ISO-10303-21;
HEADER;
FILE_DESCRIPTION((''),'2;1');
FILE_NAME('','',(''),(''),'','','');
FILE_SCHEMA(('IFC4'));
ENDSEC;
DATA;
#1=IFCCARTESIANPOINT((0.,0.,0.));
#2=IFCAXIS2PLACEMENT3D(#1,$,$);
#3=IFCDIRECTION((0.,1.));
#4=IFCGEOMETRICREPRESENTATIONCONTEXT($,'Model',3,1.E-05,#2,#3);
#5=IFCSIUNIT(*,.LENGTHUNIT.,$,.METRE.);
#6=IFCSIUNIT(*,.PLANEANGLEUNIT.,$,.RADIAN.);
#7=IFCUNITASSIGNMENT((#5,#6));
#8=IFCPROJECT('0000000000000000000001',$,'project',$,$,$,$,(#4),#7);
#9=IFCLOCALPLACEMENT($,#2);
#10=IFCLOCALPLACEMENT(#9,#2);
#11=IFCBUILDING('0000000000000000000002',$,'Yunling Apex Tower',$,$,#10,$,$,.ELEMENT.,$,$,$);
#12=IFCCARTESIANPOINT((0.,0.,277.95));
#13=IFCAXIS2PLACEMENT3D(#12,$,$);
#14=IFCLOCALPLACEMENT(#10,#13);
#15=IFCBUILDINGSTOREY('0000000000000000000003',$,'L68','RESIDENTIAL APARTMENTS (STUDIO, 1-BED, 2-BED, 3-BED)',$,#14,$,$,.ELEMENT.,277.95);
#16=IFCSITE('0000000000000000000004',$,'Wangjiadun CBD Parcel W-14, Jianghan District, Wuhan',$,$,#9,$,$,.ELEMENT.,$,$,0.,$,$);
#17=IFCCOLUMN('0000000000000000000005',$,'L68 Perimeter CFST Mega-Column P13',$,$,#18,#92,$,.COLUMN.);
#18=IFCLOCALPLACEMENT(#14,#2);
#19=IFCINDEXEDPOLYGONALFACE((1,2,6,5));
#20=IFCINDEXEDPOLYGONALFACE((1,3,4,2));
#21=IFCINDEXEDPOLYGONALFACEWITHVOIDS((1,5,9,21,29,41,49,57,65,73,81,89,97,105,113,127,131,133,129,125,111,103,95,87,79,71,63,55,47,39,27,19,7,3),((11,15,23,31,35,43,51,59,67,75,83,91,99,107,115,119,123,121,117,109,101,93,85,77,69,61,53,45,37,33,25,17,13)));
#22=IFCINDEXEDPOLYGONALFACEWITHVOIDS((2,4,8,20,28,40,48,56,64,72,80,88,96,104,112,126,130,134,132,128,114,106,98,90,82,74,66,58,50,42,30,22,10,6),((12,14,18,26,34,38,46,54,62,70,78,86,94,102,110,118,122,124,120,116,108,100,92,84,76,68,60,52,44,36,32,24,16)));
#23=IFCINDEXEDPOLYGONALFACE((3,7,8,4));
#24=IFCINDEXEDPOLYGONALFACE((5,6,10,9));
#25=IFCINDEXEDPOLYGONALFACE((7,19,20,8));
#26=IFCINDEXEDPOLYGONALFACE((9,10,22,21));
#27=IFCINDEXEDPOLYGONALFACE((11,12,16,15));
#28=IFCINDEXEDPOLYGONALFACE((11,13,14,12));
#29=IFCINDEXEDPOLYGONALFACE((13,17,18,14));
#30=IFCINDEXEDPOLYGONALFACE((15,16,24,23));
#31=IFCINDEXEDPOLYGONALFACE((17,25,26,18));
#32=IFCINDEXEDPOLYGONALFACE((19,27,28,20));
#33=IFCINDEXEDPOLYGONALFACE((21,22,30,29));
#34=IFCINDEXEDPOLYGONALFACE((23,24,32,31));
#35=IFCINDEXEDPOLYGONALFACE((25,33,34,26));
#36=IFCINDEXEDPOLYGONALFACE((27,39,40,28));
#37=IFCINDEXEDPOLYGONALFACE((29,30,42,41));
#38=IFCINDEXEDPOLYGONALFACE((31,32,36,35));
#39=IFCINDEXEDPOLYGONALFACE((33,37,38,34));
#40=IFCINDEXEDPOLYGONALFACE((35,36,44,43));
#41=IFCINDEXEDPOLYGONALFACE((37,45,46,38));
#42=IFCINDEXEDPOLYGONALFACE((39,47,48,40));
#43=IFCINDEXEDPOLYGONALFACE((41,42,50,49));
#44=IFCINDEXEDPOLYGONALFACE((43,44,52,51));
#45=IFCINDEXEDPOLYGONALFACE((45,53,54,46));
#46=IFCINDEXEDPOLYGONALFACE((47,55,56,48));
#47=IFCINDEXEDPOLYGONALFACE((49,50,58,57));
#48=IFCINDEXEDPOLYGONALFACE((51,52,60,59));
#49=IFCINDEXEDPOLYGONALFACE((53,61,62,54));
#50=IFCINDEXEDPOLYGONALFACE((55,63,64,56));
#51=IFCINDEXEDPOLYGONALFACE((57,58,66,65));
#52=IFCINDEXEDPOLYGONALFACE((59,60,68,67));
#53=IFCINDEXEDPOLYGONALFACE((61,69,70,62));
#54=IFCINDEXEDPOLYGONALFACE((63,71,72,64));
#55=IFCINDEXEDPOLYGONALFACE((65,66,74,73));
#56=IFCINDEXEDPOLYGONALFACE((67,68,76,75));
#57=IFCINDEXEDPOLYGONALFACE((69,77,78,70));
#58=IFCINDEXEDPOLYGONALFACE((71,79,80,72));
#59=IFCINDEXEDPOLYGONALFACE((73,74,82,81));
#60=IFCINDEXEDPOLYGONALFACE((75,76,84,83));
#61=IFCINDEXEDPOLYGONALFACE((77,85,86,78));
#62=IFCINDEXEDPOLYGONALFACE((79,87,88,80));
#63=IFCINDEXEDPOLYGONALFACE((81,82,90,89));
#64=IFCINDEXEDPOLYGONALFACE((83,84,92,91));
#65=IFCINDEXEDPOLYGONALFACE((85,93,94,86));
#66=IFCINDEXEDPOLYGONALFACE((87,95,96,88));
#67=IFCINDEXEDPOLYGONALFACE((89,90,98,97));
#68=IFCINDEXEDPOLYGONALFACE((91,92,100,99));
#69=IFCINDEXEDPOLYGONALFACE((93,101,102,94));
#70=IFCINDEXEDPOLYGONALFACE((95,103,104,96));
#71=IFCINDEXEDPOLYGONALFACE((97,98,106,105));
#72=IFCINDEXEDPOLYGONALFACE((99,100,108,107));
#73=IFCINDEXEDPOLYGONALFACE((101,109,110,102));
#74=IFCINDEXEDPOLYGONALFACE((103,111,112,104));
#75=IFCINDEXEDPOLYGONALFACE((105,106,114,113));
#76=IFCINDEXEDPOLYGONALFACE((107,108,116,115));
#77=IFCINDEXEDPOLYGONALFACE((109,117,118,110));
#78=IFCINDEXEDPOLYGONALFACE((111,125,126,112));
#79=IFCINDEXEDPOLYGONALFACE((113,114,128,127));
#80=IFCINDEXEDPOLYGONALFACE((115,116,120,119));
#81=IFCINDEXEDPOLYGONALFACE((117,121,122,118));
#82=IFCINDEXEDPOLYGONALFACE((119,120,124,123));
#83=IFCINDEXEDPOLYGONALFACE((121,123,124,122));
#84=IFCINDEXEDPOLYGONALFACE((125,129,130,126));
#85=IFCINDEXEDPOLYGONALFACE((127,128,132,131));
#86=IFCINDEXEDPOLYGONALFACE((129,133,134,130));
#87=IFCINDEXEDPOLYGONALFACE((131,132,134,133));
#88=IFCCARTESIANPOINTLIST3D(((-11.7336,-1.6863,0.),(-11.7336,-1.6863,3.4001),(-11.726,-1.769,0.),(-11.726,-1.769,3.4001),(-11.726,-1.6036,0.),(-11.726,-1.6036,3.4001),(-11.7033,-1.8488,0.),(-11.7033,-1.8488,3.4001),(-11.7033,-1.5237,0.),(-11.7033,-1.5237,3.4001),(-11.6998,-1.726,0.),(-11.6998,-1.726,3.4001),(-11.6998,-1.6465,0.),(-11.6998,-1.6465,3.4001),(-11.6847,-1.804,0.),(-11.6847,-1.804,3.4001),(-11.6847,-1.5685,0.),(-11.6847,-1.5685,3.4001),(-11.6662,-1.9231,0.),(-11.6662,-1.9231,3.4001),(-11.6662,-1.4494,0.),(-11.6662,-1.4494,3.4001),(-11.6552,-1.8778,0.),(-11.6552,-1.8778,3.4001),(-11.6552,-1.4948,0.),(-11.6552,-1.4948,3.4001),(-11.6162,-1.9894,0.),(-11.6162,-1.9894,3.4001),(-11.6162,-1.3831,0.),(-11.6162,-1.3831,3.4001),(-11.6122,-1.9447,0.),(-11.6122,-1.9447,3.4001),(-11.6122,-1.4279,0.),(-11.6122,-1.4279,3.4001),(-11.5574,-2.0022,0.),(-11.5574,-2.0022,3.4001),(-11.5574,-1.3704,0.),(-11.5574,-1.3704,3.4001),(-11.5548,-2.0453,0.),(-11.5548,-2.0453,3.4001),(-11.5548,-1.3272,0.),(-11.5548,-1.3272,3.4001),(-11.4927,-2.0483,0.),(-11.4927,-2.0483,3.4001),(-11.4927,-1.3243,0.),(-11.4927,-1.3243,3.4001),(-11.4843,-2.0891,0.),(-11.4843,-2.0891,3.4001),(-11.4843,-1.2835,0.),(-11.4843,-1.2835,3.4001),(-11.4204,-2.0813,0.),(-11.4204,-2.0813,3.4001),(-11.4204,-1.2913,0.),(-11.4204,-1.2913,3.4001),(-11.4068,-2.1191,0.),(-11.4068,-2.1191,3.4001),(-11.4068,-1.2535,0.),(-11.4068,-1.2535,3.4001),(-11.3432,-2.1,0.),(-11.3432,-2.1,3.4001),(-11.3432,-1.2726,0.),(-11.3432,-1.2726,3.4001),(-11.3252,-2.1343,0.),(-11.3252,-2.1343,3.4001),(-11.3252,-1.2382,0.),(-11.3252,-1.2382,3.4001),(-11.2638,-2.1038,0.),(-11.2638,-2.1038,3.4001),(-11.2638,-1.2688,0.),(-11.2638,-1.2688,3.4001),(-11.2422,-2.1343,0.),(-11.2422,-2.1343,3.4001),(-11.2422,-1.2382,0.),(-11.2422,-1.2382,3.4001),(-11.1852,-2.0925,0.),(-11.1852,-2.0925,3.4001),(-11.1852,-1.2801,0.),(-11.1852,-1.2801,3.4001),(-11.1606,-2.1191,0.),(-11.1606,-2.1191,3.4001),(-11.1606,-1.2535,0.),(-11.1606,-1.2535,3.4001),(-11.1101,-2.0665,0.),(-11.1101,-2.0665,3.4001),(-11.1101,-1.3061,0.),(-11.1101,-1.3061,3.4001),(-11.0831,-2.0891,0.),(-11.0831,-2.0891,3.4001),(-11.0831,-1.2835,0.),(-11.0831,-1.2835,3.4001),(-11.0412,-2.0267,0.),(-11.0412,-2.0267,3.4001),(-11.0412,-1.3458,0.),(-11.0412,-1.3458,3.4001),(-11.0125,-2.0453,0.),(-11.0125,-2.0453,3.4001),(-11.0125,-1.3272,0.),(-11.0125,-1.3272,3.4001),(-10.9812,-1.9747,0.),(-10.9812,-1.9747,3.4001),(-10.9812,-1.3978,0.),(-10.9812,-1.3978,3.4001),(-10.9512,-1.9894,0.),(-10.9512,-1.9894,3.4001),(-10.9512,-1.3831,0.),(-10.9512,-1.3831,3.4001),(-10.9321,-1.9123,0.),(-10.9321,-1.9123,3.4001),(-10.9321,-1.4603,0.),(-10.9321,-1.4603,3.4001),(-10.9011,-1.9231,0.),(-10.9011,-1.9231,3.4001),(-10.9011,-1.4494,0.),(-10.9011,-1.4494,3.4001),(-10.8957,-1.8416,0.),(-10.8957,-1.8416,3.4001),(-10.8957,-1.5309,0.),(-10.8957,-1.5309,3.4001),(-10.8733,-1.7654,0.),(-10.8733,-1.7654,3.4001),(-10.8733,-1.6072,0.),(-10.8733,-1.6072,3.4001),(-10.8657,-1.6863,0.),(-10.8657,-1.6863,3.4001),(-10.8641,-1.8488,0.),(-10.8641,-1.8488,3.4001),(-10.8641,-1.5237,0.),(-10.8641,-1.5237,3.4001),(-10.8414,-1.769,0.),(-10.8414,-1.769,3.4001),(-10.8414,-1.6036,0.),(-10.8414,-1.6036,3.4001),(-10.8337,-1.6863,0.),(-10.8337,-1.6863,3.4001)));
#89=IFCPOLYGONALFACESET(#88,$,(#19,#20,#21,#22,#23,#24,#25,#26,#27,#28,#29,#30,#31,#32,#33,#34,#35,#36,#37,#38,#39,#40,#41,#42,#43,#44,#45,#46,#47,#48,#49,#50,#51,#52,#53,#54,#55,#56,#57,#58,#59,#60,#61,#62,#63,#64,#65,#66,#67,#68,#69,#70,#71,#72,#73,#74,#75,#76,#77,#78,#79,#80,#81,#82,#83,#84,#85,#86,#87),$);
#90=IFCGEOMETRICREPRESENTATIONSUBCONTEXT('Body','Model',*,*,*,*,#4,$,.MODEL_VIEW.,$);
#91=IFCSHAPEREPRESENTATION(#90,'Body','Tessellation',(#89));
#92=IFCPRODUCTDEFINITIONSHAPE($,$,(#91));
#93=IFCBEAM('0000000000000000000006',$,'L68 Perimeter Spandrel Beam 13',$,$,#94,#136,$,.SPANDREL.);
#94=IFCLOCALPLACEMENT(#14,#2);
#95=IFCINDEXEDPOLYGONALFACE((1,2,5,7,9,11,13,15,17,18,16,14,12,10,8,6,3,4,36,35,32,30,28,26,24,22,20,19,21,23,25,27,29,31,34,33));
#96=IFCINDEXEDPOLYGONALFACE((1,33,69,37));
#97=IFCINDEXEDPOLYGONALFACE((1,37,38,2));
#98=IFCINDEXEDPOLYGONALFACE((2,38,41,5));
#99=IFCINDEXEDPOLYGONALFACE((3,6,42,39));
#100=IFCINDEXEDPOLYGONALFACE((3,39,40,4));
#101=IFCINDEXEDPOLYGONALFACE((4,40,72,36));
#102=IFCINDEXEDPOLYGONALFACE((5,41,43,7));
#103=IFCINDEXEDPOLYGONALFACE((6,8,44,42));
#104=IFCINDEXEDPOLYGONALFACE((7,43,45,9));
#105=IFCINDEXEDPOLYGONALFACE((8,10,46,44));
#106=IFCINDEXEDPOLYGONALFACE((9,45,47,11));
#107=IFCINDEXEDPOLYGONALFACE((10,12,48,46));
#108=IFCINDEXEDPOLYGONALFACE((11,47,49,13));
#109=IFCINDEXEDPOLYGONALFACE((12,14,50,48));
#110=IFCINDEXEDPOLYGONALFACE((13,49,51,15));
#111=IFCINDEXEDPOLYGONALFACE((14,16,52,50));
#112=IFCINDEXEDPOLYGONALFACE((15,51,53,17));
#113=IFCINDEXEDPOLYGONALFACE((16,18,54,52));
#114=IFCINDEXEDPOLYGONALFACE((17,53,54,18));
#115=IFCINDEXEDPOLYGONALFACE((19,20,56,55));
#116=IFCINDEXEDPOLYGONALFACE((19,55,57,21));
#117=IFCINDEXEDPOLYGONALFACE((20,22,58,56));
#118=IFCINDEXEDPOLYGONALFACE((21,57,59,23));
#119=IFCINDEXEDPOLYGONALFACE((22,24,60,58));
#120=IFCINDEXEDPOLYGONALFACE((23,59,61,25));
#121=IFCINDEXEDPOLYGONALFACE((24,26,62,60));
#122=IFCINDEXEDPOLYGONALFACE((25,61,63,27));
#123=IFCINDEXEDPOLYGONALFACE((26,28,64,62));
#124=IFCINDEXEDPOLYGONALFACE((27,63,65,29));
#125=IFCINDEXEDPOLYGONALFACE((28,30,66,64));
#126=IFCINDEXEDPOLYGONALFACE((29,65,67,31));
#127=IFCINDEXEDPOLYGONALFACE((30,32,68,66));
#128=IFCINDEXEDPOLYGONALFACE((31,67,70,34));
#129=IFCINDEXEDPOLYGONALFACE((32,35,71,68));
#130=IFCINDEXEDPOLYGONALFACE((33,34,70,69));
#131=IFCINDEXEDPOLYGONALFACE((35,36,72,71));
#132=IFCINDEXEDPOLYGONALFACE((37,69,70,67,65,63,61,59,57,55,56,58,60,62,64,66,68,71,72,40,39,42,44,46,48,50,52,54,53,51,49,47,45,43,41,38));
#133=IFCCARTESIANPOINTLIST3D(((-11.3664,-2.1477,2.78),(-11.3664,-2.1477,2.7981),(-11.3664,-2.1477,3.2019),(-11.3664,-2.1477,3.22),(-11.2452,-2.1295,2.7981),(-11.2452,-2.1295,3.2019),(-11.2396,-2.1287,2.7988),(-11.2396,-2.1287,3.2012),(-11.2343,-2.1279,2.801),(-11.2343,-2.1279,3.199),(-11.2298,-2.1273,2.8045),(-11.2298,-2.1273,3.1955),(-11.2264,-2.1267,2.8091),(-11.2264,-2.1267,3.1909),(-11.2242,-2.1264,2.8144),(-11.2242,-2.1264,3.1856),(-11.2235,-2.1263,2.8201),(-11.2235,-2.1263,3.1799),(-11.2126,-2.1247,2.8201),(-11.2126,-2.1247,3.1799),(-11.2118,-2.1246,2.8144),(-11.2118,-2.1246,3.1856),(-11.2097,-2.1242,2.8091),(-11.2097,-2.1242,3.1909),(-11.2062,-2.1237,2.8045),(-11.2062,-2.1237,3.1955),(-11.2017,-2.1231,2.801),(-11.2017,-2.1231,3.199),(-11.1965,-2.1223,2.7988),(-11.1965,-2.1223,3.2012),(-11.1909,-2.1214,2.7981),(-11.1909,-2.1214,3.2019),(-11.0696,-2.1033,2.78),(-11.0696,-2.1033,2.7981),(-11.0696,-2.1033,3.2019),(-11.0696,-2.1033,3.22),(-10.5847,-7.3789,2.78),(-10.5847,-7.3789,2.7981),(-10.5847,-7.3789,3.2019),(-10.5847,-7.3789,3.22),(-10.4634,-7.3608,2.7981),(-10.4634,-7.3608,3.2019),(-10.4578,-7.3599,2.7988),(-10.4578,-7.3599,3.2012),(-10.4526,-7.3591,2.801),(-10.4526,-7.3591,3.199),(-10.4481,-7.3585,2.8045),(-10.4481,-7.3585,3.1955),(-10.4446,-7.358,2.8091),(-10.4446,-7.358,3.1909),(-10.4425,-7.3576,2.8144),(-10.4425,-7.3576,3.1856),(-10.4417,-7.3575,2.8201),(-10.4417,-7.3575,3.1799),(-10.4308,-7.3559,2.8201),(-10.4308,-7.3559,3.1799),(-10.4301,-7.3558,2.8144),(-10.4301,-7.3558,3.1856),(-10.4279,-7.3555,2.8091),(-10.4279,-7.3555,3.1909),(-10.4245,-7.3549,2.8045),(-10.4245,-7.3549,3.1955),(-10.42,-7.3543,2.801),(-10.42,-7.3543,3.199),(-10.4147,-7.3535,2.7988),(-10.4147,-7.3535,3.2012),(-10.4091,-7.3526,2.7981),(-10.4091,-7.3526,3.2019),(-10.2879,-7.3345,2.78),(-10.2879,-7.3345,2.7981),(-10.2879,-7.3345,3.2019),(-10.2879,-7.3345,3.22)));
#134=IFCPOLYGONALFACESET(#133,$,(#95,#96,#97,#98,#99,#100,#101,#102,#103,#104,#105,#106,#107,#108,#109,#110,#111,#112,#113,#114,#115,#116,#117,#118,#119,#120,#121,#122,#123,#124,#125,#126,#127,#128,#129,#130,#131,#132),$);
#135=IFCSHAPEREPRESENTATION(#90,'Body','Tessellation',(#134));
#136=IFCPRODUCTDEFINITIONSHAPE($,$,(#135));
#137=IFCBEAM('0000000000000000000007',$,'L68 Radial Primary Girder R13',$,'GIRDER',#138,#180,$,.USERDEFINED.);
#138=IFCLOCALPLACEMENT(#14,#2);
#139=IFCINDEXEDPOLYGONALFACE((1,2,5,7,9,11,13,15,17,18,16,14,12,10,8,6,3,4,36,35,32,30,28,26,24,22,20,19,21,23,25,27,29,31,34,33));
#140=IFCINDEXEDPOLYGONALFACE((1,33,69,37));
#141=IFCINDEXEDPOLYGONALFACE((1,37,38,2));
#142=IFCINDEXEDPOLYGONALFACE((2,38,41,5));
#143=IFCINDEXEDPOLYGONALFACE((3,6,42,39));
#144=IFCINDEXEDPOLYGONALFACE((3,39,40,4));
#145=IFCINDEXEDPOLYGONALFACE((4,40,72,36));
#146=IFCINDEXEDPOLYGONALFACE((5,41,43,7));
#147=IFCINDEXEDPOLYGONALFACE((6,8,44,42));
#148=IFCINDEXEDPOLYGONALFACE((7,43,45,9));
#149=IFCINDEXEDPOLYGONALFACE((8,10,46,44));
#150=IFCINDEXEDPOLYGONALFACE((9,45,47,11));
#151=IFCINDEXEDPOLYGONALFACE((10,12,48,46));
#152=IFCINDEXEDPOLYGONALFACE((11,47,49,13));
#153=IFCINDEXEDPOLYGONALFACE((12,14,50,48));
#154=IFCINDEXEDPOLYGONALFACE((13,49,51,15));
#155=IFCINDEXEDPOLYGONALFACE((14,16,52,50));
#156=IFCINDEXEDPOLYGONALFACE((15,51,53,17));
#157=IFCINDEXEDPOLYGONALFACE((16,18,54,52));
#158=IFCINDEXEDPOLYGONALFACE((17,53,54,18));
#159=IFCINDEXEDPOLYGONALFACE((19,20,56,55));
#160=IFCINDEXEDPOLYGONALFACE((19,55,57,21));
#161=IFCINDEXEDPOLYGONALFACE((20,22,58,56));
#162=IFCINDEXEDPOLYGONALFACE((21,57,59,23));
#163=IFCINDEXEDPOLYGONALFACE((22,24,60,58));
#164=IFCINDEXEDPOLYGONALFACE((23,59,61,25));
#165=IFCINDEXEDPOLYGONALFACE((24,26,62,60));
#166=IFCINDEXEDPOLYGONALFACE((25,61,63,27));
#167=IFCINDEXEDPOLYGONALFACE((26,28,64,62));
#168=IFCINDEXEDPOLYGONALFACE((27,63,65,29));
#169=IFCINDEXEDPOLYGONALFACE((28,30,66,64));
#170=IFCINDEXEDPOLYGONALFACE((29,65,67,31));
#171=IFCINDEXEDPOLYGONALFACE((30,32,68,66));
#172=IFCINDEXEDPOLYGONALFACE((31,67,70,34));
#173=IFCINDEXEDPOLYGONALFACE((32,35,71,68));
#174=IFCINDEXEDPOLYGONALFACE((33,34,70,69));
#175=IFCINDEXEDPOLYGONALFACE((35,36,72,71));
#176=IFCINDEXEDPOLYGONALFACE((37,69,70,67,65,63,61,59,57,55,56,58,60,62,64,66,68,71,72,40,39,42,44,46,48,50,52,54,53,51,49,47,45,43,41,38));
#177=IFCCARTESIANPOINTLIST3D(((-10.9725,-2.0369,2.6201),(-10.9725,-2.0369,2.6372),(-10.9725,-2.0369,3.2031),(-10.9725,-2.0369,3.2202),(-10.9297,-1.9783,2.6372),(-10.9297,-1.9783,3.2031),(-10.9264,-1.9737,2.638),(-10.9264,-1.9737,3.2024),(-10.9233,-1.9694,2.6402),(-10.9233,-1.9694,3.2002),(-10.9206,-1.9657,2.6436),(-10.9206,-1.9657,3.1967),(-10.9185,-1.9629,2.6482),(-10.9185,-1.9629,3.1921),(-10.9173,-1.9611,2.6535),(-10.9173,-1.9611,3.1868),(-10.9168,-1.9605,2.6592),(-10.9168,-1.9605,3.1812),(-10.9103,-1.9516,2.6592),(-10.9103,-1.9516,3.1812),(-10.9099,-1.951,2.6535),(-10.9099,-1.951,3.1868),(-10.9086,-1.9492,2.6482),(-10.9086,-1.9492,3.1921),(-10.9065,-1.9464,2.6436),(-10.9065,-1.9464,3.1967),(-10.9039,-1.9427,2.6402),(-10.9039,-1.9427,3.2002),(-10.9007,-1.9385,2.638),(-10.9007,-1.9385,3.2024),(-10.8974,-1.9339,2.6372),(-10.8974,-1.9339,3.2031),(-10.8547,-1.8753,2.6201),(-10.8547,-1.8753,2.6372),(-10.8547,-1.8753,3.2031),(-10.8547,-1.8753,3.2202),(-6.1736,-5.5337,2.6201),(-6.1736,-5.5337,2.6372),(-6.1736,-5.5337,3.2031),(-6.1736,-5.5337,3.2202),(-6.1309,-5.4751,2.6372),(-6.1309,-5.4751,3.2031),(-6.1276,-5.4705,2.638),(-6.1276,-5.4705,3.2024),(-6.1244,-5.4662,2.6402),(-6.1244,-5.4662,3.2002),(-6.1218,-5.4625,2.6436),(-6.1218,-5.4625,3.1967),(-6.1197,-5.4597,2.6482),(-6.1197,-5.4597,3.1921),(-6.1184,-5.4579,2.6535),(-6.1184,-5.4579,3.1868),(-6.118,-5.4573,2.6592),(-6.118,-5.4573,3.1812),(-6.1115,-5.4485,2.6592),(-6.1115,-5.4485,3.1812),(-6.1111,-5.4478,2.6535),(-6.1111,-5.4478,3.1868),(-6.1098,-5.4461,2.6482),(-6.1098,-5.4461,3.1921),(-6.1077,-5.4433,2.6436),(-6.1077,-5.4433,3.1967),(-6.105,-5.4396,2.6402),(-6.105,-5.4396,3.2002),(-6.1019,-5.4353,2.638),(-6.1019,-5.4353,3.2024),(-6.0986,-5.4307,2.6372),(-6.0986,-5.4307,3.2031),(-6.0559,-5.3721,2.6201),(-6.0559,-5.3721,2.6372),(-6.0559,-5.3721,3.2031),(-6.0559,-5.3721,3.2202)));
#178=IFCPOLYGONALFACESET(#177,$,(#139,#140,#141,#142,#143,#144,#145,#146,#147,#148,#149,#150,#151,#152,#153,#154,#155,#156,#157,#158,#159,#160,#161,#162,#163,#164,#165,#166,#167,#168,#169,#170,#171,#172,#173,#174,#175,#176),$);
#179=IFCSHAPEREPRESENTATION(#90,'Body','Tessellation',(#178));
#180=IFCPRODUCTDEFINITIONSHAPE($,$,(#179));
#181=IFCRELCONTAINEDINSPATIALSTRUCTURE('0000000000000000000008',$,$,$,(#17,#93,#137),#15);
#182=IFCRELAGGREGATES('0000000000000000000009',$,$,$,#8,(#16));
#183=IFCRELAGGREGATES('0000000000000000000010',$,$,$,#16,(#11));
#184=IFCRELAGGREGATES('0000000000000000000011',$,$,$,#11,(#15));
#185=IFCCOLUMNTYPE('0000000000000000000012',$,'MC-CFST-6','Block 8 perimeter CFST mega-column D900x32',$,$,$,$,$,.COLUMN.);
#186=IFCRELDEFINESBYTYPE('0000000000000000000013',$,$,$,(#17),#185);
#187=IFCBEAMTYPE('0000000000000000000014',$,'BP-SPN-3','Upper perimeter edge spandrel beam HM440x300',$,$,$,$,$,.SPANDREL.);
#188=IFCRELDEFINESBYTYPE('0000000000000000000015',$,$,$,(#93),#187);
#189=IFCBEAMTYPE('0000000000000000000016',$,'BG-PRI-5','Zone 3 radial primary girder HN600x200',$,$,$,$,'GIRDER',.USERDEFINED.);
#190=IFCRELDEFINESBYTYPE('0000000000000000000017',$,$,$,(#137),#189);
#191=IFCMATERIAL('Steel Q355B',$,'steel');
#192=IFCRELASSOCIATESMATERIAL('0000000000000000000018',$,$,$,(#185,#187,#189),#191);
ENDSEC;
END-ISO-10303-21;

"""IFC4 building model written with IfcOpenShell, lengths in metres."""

from ifc_helpers import new_model, si_unit, direction, frame, origin, origin_2d, place, context, subcontext, project, spatial, hollow_circle, i_section, extrude, source, transform, mapped, material, material_profile, profile_set, type_object, element, save


model = new_model("IFC4")

# Units and contexts
model_context = context("Model", 3, precision=1e-05, world=origin(), true_north=direction((0.0, 1.0)))
body_context = subcontext(model_context, "Body", "Model", "MODEL_VIEW")
ifc_project = project(units=[si_unit("LENGTHUNIT", "METRE"), si_unit("PLANEANGLEUNIT", "RADIAN")], contexts=[model_context])

# Site, building, storey
site_placement = place(None, origin())
site = spatial("IfcSite", under=ifc_project, at=site_placement, Name="Wangjiadun CBD Parcel W-14, Jianghan District, Wuhan", CompositionType="ELEMENT", RefElevation=0.0)
building_placement = place(site_placement, origin())
building = spatial("IfcBuilding", under=site, at=building_placement, Name="Yunling Apex Tower", CompositionType="ELEMENT")
storey_placement = place(building_placement, frame((0.0, 0.0, 277.95)))
storey = spatial("IfcBuildingStorey", under=building, at=storey_placement, Name="L68", Description="RESIDENTIAL APARTMENTS (STUDIO, 1-BED, 2-BED, 3-BED)", CompositionType="ELEMENT", Elevation=277.95)

# Column
ifc_material_1 = material(Name="Steel Q355B", Category="steel")
ifc_material_profile_1 = material_profile(ifc_material_1, hollow_circle(Radius=0.45, WallThickness=0.032, at=origin_2d()))
ifc_profile_set_1 = profile_set([ifc_material_profile_1], Name="Steel Q355B")
column_type = type_object("IfcColumnType", Name="MC-CFST-6", Description="Block 8 perimeter CFST mega-column D900x32", PredefinedType="COLUMN", material=ifc_profile_set_1)
shared_shape_1 = source(origin(), body_context, "Body", "SweptSolid", [
    extrude(hollow_circle(Radius=0.45, WallThickness=0.032, at=origin_2d()), origin(), (0.0, 0.0, 1.0), 3.4001),
])
column_placement = place(storey_placement, frame((-11.2837, -1.6863, 0.0), z_axis=(0.0, 0.0, 1.0), x_axis=(1.0, 0.0, 0.0)))
element("IfcColumn", 1, at=column_placement, inside=storey, type_object=column_type, Name="L68 Perimeter CFST Mega-Column P13", PredefinedType="COLUMN", context=body_context, shape_type="MappedRepresentation", body=[
    mapped(shared_shape_1, transform((0.0, 0.0, 0.0), scale=1.0)),
])

# Beams
ifc_material_profile_2 = material_profile(ifc_material_1, i_section(OverallWidth=0.3, OverallDepth=0.4399, WebThickness=0.011, FlangeThickness=0.0181, FilletRadius=0.022, at=origin_2d()))
ifc_profile_set_2 = profile_set([ifc_material_profile_2], Name="Steel Q355B")
beam_type_1 = type_object("IfcBeamType", Name="BP-SPN-3", Description="Upper perimeter edge spandrel beam HM440x300", PredefinedType="SPANDREL", material=ifc_profile_set_2)
shared_shape_2 = source(origin(), body_context, "Body", "SweptSolid", [
    extrude(i_section(OverallWidth=0.3, OverallDepth=0.4399, WebThickness=0.011, FlangeThickness=0.0181, FilletRadius=0.022, at=origin_2d()), origin(), (0.0, 0.0, 1.0), 5.2893),
])
beam_1_placement = place(storey_placement, frame((-11.218, -2.1255, 3.0), z_axis=(0.147796, -0.989018, 0.0), x_axis=(0.989018, 0.147796, 0.0)))
element("IfcBeam", 2, at=beam_1_placement, inside=storey, type_object=beam_type_1, Name="L68 Perimeter Spandrel Beam 13", PredefinedType="SPANDREL", context=body_context, shape_type="MappedRepresentation", body=[
    mapped(shared_shape_2, transform((0.0, 0.0, 0.0), scale=1.0)),
])
ifc_material_profile_3 = material_profile(ifc_material_1, i_section(OverallWidth=0.2, OverallDepth=0.6001, WebThickness=0.011, FlangeThickness=0.0171, FilletRadius=0.022, at=origin_2d()))
ifc_profile_set_3 = profile_set([ifc_material_profile_3], Name="Steel Q355B")
beam_type_2 = type_object("IfcBeamType", Name="BG-PRI-5", Description="Zone 3 radial primary girder HN600x200", ElementType="GIRDER", PredefinedType="USERDEFINED", material=ifc_profile_set_3)
shared_shape_3 = source(origin(), body_context, "Body", "SweptSolid", [
    extrude(i_section(OverallWidth=0.2, OverallDepth=0.6001, WebThickness=0.011, FlangeThickness=0.0171, FilletRadius=0.022, at=origin_2d()), origin(), (0.0, 0.0, 1.0), 5.9377),
])
beam_2_placement = place(storey_placement, frame((-10.9136, -1.9561, 2.9202), z_axis=(0.808193, -0.588917, 0.0), x_axis=(0.588917, 0.808193, 0.0)))
element("IfcBeam", 3, at=beam_2_placement, inside=storey, type_object=beam_type_2, Name="L68 Radial Primary Girder R13", ObjectType="GIRDER", PredefinedType="USERDEFINED", context=body_context, shape_type="MappedRepresentation", body=[
    mapped(shared_shape_3, transform((0.0, 0.0, 0.0), scale=1.0)),
])

save(model, "model.ifc")
